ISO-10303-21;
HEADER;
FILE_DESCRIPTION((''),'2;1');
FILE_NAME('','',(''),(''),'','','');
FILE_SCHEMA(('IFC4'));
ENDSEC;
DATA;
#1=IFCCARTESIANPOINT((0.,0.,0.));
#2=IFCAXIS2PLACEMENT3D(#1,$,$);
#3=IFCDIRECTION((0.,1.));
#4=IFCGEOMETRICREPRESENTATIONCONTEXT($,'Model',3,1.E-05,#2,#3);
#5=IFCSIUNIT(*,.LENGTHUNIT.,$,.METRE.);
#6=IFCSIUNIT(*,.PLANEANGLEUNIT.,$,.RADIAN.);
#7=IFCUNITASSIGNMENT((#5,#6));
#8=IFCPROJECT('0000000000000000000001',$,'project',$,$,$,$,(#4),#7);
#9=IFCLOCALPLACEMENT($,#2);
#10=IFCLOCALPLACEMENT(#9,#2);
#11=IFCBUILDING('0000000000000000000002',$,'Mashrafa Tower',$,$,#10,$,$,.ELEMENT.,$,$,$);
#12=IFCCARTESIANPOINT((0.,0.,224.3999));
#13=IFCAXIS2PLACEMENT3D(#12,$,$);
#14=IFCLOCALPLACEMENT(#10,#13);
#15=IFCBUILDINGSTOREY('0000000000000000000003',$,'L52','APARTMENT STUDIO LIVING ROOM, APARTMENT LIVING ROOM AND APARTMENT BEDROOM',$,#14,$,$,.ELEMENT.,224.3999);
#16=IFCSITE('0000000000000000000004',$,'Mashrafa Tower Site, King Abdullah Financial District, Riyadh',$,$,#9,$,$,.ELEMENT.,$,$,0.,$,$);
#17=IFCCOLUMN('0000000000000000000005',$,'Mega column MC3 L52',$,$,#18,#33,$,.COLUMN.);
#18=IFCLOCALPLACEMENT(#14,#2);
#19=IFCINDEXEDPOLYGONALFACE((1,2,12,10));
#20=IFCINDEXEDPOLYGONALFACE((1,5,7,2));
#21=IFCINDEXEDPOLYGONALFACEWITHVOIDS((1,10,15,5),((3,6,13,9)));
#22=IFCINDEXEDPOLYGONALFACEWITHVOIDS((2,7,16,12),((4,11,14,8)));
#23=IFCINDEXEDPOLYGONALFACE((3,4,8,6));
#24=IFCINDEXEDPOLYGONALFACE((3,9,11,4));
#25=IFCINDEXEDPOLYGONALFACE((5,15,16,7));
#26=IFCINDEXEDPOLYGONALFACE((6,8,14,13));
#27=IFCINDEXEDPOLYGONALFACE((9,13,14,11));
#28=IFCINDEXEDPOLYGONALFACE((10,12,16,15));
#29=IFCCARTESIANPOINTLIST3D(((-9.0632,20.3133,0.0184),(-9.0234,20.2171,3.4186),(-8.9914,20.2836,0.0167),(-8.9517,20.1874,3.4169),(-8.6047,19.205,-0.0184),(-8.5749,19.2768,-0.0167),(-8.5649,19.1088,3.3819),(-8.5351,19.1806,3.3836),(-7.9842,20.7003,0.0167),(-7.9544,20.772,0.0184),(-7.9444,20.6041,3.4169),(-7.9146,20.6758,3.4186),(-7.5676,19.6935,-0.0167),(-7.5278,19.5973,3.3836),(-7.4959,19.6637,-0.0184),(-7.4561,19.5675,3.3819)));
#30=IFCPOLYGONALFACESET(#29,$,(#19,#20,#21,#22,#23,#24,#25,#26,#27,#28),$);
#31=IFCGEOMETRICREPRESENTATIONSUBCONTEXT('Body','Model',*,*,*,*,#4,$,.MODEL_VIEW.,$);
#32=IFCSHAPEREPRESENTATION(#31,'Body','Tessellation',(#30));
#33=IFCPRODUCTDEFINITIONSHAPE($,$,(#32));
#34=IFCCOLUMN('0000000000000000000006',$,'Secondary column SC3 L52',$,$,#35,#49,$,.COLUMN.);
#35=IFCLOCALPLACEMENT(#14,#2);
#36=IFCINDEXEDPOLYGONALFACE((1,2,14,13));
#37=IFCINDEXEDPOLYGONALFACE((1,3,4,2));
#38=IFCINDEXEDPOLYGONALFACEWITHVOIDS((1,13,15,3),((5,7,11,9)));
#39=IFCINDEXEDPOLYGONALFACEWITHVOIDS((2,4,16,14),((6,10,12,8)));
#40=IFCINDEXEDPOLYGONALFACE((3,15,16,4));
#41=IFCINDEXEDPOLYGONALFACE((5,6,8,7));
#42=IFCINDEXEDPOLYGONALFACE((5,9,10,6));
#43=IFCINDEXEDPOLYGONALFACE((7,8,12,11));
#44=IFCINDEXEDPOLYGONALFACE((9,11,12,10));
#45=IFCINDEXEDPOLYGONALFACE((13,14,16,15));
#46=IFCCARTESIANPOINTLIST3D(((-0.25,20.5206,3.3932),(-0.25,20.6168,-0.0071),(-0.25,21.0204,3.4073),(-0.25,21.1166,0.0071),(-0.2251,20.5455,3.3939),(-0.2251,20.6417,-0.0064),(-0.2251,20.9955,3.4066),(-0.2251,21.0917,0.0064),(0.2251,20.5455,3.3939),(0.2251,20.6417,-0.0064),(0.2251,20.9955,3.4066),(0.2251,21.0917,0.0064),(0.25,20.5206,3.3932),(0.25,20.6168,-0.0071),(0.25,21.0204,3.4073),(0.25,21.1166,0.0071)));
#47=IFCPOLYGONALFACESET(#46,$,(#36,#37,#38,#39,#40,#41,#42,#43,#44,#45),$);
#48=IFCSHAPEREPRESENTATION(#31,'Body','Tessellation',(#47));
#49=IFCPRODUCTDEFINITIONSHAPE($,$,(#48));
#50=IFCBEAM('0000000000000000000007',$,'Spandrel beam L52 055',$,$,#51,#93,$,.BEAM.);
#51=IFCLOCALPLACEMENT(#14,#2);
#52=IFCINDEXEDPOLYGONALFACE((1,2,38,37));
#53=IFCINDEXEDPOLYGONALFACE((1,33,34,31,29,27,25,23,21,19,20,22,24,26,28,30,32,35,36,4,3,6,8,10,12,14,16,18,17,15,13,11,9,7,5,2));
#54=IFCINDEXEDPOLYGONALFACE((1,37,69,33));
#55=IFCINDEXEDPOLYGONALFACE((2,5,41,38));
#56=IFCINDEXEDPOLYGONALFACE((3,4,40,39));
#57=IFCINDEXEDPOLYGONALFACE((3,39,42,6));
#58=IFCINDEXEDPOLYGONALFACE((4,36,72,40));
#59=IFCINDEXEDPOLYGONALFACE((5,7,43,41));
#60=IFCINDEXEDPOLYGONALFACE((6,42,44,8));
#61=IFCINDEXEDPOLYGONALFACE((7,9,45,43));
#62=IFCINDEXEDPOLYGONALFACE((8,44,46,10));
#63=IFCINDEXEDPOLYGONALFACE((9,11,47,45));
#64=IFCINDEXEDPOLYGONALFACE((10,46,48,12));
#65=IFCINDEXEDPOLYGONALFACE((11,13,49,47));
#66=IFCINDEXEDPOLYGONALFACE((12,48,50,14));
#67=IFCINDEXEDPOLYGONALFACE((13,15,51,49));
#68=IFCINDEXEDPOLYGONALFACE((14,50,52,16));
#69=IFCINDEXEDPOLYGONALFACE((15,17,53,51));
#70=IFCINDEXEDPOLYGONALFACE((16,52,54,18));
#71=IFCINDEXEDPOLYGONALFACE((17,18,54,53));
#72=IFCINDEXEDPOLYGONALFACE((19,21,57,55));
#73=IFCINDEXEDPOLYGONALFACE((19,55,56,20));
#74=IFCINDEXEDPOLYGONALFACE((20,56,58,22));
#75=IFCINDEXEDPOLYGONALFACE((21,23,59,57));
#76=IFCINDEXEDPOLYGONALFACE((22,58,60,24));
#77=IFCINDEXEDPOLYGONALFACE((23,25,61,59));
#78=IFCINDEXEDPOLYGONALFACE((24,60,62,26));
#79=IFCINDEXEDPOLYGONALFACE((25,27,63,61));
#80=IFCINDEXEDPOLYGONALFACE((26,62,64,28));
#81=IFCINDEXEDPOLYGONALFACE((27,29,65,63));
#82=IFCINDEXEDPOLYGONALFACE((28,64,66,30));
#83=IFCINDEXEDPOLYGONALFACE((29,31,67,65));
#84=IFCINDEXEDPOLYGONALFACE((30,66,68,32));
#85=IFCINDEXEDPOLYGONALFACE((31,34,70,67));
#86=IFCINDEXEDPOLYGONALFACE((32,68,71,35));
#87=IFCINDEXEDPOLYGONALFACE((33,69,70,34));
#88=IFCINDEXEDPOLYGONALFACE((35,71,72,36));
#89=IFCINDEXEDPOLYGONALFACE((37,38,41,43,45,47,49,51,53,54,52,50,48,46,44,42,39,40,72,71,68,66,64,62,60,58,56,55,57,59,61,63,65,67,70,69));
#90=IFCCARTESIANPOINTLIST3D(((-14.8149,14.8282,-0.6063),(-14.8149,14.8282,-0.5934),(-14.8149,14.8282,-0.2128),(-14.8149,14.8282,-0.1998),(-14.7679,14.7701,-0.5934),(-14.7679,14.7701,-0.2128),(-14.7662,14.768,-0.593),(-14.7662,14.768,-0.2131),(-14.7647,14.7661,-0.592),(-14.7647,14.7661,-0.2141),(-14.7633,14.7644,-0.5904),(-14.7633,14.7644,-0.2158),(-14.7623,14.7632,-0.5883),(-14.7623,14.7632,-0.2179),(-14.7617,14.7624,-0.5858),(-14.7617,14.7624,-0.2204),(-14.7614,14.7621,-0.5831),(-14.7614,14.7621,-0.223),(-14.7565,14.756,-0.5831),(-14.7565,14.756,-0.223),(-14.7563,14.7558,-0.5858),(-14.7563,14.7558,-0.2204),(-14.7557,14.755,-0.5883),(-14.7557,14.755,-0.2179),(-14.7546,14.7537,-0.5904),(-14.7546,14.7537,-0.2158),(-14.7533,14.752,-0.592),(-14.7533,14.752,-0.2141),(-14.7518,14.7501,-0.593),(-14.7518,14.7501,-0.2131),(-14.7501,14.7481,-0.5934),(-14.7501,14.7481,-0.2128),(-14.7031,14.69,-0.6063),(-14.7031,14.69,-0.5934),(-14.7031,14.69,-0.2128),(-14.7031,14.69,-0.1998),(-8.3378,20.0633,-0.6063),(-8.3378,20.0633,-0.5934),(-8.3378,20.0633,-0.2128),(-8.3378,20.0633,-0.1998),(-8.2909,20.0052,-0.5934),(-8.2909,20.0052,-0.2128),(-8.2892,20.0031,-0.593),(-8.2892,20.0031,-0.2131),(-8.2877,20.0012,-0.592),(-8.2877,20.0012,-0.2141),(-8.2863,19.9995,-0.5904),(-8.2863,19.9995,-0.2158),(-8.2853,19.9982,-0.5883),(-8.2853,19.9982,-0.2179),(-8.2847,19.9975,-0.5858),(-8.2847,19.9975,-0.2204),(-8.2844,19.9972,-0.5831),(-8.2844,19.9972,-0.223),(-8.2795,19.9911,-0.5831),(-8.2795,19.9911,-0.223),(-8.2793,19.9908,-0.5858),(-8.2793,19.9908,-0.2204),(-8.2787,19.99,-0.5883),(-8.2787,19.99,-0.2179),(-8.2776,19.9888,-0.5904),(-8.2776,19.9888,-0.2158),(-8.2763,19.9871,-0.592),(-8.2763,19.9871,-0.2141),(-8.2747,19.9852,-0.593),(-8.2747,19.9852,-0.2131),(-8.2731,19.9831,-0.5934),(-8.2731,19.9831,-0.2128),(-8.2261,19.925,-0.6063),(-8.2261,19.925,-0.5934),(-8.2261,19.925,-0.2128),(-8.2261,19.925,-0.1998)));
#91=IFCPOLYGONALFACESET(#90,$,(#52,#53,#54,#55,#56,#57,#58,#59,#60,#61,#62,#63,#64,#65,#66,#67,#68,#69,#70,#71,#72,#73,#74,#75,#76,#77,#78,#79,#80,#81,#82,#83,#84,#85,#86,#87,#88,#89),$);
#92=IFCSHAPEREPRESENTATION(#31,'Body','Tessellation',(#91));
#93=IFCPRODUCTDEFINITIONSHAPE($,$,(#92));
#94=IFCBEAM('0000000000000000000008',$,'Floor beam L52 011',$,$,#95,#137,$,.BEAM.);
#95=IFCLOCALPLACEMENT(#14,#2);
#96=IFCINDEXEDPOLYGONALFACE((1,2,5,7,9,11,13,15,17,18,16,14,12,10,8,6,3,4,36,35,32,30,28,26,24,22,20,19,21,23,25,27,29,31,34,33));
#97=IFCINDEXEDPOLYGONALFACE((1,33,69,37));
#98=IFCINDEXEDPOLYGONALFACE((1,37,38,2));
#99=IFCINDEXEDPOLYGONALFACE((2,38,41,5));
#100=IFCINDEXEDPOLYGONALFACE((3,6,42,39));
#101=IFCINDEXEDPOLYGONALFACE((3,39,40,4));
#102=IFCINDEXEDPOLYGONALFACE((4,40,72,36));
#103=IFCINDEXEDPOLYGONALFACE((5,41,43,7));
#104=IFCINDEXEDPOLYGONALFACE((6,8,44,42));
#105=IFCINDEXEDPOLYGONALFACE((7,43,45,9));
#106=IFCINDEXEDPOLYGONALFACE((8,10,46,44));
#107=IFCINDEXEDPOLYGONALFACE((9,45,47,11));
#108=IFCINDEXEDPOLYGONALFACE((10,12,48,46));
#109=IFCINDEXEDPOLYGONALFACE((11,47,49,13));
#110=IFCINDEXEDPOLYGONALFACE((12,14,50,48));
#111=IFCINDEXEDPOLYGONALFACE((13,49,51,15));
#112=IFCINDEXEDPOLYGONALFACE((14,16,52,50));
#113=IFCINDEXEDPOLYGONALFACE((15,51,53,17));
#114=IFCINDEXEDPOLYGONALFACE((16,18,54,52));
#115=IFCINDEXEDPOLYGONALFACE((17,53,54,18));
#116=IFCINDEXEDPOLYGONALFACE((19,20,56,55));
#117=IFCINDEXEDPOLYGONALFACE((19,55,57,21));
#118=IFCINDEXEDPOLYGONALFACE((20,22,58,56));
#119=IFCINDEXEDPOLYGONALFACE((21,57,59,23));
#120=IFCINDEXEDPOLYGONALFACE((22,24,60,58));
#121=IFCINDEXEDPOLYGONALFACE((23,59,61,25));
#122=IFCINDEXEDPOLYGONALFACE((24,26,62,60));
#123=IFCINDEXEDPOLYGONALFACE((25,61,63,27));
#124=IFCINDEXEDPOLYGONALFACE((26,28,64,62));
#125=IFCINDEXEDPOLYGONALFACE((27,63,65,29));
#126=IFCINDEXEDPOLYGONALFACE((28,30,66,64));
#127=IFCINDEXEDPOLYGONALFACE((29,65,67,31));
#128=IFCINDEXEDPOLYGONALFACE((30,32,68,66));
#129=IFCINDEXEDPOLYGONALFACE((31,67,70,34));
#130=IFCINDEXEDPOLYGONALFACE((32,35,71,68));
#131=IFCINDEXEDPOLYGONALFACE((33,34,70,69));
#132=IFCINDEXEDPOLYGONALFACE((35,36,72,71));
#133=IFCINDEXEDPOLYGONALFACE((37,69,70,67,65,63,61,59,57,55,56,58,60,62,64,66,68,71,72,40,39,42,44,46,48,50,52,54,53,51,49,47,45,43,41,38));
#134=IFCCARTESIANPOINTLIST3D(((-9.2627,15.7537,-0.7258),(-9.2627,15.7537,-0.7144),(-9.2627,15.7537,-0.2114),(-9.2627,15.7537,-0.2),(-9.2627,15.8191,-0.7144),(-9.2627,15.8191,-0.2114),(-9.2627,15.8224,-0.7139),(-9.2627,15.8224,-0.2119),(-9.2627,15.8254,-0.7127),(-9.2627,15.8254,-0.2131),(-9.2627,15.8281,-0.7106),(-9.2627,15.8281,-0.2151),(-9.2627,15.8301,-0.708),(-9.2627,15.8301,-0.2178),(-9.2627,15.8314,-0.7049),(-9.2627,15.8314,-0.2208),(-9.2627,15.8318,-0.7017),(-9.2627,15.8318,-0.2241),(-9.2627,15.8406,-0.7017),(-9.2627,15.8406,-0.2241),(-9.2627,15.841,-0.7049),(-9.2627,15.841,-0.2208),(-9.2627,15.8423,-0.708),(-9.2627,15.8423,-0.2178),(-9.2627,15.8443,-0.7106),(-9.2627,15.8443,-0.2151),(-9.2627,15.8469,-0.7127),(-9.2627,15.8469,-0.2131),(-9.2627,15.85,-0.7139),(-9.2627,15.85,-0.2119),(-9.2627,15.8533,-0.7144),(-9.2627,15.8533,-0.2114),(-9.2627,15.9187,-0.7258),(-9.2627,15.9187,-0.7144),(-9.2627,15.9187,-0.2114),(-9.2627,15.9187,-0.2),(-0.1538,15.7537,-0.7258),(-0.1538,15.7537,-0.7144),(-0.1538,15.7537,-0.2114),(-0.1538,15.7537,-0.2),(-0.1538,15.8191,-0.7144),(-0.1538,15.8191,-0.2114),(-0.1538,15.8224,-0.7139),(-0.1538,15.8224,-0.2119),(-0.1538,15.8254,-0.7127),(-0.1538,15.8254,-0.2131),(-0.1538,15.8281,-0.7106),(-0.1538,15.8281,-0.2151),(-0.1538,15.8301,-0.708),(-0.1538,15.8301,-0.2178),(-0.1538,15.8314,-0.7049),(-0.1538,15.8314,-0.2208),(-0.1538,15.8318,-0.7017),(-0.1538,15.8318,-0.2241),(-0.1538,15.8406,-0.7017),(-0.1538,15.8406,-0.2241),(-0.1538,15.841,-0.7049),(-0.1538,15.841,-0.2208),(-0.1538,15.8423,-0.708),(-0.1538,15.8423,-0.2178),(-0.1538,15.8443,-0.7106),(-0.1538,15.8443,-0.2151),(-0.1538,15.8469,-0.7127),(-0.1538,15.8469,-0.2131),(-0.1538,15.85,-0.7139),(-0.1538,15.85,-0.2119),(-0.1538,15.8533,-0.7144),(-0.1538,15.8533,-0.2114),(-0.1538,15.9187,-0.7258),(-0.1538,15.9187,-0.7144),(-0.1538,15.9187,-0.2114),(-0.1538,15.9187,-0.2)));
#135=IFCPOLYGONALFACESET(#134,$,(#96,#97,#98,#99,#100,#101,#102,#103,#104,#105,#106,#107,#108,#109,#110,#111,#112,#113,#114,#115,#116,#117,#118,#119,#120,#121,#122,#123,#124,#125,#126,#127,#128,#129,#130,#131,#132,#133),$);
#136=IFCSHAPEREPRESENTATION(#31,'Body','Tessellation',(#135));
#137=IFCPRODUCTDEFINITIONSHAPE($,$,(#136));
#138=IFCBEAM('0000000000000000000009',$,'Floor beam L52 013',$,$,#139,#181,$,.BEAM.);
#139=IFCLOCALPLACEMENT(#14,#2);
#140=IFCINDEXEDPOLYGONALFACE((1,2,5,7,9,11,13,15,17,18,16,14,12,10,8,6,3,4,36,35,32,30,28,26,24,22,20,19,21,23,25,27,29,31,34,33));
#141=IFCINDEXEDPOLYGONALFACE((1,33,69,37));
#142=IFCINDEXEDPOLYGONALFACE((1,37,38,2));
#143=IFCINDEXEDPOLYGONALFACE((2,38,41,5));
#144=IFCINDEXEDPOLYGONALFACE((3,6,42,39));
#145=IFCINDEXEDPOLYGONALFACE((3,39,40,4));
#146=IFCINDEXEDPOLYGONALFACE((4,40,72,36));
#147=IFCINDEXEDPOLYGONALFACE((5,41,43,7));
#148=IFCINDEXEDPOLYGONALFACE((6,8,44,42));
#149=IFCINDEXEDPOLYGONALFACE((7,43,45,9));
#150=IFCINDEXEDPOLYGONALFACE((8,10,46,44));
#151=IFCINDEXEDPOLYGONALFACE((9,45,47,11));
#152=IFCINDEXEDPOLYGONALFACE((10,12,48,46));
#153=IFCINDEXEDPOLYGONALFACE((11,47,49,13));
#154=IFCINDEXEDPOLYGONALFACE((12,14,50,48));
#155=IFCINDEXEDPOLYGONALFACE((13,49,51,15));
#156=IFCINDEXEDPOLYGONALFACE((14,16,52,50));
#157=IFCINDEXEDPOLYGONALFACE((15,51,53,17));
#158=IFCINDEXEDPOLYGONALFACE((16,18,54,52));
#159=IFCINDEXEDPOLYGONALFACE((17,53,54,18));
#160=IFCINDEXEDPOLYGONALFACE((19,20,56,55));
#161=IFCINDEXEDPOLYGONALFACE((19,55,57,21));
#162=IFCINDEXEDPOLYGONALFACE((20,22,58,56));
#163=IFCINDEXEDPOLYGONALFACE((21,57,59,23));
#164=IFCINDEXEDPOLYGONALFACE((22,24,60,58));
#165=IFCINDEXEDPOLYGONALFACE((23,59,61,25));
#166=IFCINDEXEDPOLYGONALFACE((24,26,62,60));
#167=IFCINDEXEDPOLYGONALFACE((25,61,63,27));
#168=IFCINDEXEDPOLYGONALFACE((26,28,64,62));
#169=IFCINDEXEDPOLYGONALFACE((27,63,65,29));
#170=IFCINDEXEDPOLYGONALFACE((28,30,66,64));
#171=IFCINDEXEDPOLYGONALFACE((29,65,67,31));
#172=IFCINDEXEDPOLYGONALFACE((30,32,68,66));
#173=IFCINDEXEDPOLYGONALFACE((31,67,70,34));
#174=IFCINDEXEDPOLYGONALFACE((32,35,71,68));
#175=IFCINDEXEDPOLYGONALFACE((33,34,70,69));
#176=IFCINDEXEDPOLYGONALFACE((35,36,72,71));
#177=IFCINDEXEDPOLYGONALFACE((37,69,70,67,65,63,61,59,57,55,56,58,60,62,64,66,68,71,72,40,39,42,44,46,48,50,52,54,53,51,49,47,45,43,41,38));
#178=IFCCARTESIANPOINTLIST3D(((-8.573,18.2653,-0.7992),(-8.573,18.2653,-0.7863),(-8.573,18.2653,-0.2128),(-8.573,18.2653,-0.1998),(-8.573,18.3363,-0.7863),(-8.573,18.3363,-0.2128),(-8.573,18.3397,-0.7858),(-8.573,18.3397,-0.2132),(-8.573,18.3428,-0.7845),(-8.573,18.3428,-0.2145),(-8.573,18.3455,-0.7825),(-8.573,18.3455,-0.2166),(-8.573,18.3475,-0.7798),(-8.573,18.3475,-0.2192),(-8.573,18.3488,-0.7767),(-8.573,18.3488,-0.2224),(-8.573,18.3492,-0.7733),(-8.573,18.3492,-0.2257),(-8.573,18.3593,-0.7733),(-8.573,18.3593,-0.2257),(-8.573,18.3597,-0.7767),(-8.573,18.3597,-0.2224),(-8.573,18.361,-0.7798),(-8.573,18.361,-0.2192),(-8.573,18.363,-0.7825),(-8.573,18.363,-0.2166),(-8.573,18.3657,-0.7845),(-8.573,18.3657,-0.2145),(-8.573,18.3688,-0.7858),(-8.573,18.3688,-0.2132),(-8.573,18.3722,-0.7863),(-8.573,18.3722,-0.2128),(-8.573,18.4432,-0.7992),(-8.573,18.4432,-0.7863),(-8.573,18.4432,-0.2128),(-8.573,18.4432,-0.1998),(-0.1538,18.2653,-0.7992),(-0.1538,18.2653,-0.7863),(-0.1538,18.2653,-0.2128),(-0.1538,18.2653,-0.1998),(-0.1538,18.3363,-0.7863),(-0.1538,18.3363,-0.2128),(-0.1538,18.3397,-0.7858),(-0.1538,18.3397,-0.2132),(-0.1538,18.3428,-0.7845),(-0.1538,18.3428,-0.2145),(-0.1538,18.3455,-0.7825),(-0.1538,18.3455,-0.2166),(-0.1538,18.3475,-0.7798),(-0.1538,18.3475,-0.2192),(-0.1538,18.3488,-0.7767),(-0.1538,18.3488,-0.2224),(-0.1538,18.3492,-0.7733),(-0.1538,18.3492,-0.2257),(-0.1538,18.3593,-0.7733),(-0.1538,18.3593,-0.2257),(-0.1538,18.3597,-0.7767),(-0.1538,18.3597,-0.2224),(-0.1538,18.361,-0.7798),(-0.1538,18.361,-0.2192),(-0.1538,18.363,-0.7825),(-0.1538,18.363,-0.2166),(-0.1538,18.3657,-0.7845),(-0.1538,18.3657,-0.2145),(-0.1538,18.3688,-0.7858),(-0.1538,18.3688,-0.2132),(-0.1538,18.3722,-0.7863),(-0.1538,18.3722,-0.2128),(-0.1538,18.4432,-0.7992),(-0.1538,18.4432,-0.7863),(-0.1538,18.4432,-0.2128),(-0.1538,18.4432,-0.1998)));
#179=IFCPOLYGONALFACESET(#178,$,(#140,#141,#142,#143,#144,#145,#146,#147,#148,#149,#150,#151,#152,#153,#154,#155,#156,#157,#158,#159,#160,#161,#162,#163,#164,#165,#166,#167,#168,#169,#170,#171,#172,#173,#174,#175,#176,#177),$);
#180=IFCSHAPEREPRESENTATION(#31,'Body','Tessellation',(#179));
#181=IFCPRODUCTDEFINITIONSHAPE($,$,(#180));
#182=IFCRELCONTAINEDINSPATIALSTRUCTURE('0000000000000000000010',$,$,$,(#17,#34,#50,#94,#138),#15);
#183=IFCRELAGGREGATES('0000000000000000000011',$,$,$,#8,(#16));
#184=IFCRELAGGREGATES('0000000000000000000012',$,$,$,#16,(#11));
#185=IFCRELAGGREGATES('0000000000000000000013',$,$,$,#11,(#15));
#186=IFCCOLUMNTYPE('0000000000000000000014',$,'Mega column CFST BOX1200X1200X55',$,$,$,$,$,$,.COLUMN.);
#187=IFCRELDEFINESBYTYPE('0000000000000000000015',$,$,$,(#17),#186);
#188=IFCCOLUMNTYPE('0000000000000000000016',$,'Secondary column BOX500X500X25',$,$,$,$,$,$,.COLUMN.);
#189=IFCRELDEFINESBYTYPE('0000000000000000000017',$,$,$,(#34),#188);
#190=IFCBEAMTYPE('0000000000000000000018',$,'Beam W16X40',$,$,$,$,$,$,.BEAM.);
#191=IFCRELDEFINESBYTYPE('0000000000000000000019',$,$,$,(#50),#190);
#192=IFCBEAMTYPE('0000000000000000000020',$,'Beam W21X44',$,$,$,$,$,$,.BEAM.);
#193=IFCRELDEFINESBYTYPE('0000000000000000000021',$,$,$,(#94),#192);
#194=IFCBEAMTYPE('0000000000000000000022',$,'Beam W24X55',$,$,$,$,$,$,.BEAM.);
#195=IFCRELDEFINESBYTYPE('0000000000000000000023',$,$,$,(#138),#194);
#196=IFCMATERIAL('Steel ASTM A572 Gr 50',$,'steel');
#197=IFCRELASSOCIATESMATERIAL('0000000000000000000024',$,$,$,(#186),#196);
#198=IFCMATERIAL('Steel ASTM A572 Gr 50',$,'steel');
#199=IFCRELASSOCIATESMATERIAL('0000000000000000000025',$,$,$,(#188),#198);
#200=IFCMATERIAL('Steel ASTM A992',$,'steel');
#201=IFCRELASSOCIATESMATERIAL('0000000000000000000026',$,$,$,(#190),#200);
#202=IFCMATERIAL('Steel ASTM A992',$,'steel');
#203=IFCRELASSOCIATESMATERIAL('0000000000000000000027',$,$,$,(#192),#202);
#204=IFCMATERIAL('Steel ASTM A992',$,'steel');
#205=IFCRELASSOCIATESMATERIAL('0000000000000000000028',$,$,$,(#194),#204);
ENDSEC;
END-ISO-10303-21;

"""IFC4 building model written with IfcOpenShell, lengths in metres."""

from ifc_helpers import new_model, si_unit, direction, frame, origin, origin_2d, place, context, subcontext, project, spatial, hollow_rectangle, i_section, extrude, material, material_profile, profile_set, type_object, element, save


model = new_model("IFC4")

# Units and contexts
model_context = context("Model", 3, precision=1e-05, world=origin(), true_north=direction((0.0, 1.0)))
body_context = subcontext(model_context, "Body", "Model", "MODEL_VIEW")
ifc_project = project(units=[si_unit("LENGTHUNIT", "METRE"), si_unit("PLANEANGLEUNIT", "RADIAN")], contexts=[model_context])

# Site, building, storey
site_placement = place(None, origin())
site = spatial("IfcSite", under=ifc_project, at=site_placement, Name="Mashrafa Tower Site, King Abdullah Financial District, Riyadh", CompositionType="ELEMENT", RefElevation=0.0)
building_placement = place(site_placement, origin())
building = spatial("IfcBuilding", under=site, at=building_placement, Name="Mashrafa Tower", CompositionType="ELEMENT")
storey_placement = place(building_placement, frame((0.0, 0.0, 224.3999)))
storey = spatial("IfcBuildingStorey", under=building, at=storey_placement, Name="L52", Description="APARTMENT STUDIO LIVING ROOM, APARTMENT LIVING ROOM AND APARTMENT BEDROOM", CompositionType="ELEMENT", Elevation=224.3999)

# Columns
ifc_material_1 = material(Name="Steel ASTM A572 Gr 50", Category="steel")
ifc_material_profile_1 = material_profile(ifc_material_1, hollow_rectangle(XDim=1.2, YDim=1.2, WallThickness=0.0549, at=origin_2d()), Name="BOX1200X1200X55")
ifc_profile_set_1 = profile_set([ifc_material_profile_1], Name="Steel ASTM A572 Gr 50")
column_type_1 = type_object("IfcColumnType", Name="Mega column CFST BOX1200X1200X55", PredefinedType="COLUMN", material=ifc_profile_set_1)
column_1_placement = place(storey_placement, frame((-8.2795, 19.9885, 0.0), z_axis=(0.011698, -0.028277, 0.999532), x_axis=(0.924045, 0.382283, 0.0)))
element("IfcColumn", 1, at=column_1_placement, inside=storey, type_object=column_type_1, Name="Mega column MC3 L52", PredefinedType="COLUMN", context=body_context, shape_type="SweptSolid", body=[
    extrude(hollow_rectangle(XDim=1.2, YDim=1.2, WallThickness=0.0549, at=origin_2d()), origin(), (0.0, 0.0, 1.0), 3.4019),
])
ifc_material_2 = material(Name="Steel ASTM A572 Gr 50", Category="steel")
ifc_material_profile_2 = material_profile(ifc_material_2, hollow_rectangle(XDim=0.5, YDim=0.5, WallThickness=0.0249, at=origin_2d()), Name="BOX500X500X25")
ifc_profile_set_2 = profile_set([ifc_material_profile_2], Name="Steel ASTM A572 Gr 50")
column_type_2 = type_object("IfcColumnType", Name="Secondary column BOX500X500X25", PredefinedType="COLUMN", material=ifc_profile_set_2)
column_2_placement = place(storey_placement, frame((0.0, 20.8667, 0.0), z_axis=(0.0, -0.028279, 0.9996), x_axis=(1.0, 0.0, 0.0)))
element("IfcColumn", 2, at=column_2_placement, inside=storey, type_object=column_type_2, Name="Secondary column SC3 L52", PredefinedType="COLUMN", context=body_context, shape_type="SweptSolid", body=[
    extrude(hollow_rectangle(XDim=0.5, YDim=0.5, WallThickness=0.0249, at=origin_2d()), origin(), (0.0, 0.0, 1.0), 3.4016),
])

# Beams
ifc_material_3 = material(Name="Steel ASTM A992", Category="steel")
ifc_material_profile_3 = material_profile(ifc_material_3, i_section(OverallWidth=0.1777, OverallDepth=0.4065, WebThickness=0.0078, FlangeThickness=0.0129, FilletRadius=0.0103, at=origin_2d()), Name="W16X40")
ifc_profile_set_3 = profile_set([ifc_material_profile_3], Name="Steel ASTM A992")
beam_type_1 = type_object("IfcBeamType", Name="Beam W16X40", PredefinedType="BEAM", material=ifc_profile_set_3)
beam_1_placement = place(storey_placement, frame((-8.282, 19.9941, -0.4031), z_axis=(-0.777727, -0.628602, 0.0), x_axis=(0.628602, -0.777727, 0.0)))
element("IfcBeam", 3, at=beam_1_placement, inside=storey, type_object=beam_type_1, Name="Spandrel beam L52 055", PredefinedType="BEAM", context=body_context, shape_type="SweptSolid", body=[
    extrude(i_section(OverallWidth=0.1777, OverallDepth=0.4065, WebThickness=0.0078, FlangeThickness=0.0129, FilletRadius=0.0103, at=origin_2d()), origin(), (0.0, 0.0, 1.0), 8.3281),
])
ifc_material_4 = material(Name="Steel ASTM A992", Category="steel")
ifc_material_profile_4 = material_profile(ifc_material_4, i_section(OverallWidth=0.165, OverallDepth=0.5259, WebThickness=0.0088, FlangeThickness=0.0115, FilletRadius=0.0127, at=origin_2d()), Name="W21X44")
ifc_profile_set_4 = profile_set([ifc_material_profile_4], Name="Steel ASTM A992")
beam_type_2 = type_object("IfcBeamType", Name="Beam W21X44", PredefinedType="BEAM", material=ifc_profile_set_4)
beam_2_placement = place(storey_placement, frame((-9.2627, 15.8362, -0.4629), z_axis=(1.0, 0.0, 0.0), x_axis=(0.0, 1.0, 0.0)))
element("IfcBeam", 4, at=beam_2_placement, inside=storey, type_object=beam_type_2, Name="Floor beam L52 011", PredefinedType="BEAM", context=body_context, shape_type="SweptSolid", body=[
    extrude(i_section(OverallWidth=0.165, OverallDepth=0.5259, WebThickness=0.0088, FlangeThickness=0.0115, FilletRadius=0.0127, at=origin_2d()), origin(), (0.0, 0.0, 1.0), 9.1089),
])
ifc_material_5 = material(Name="Steel ASTM A992", Category="steel")
ifc_material_profile_5 = material_profile(ifc_material_5, i_section(OverallWidth=0.178, OverallDepth=0.5994, WebThickness=0.01, FlangeThickness=0.0129, FilletRadius=0.0129, at=origin_2d()), Name="W24X55")
ifc_profile_set_5 = profile_set([ifc_material_profile_5], Name="Steel ASTM A992")
beam_type_3 = type_object("IfcBeamType", Name="Beam W24X55", PredefinedType="BEAM", material=ifc_profile_set_5)
beam_3_placement = place(storey_placement, frame((-8.573, 18.3542, -0.4995), z_axis=(1.0, 0.0, 0.0), x_axis=(0.0, 1.0, 0.0)))
element("IfcBeam", 5, at=beam_3_placement, inside=storey, type_object=beam_type_3, Name="Floor beam L52 013", PredefinedType="BEAM", context=body_context, shape_type="SweptSolid", body=[
    extrude(i_section(OverallWidth=0.178, OverallDepth=0.5994, WebThickness=0.01, FlangeThickness=0.0129, FilletRadius=0.0129, at=origin_2d()), origin(), (0.0, 0.0, 1.0), 8.4192),
])

save(model, "model.ifc")
